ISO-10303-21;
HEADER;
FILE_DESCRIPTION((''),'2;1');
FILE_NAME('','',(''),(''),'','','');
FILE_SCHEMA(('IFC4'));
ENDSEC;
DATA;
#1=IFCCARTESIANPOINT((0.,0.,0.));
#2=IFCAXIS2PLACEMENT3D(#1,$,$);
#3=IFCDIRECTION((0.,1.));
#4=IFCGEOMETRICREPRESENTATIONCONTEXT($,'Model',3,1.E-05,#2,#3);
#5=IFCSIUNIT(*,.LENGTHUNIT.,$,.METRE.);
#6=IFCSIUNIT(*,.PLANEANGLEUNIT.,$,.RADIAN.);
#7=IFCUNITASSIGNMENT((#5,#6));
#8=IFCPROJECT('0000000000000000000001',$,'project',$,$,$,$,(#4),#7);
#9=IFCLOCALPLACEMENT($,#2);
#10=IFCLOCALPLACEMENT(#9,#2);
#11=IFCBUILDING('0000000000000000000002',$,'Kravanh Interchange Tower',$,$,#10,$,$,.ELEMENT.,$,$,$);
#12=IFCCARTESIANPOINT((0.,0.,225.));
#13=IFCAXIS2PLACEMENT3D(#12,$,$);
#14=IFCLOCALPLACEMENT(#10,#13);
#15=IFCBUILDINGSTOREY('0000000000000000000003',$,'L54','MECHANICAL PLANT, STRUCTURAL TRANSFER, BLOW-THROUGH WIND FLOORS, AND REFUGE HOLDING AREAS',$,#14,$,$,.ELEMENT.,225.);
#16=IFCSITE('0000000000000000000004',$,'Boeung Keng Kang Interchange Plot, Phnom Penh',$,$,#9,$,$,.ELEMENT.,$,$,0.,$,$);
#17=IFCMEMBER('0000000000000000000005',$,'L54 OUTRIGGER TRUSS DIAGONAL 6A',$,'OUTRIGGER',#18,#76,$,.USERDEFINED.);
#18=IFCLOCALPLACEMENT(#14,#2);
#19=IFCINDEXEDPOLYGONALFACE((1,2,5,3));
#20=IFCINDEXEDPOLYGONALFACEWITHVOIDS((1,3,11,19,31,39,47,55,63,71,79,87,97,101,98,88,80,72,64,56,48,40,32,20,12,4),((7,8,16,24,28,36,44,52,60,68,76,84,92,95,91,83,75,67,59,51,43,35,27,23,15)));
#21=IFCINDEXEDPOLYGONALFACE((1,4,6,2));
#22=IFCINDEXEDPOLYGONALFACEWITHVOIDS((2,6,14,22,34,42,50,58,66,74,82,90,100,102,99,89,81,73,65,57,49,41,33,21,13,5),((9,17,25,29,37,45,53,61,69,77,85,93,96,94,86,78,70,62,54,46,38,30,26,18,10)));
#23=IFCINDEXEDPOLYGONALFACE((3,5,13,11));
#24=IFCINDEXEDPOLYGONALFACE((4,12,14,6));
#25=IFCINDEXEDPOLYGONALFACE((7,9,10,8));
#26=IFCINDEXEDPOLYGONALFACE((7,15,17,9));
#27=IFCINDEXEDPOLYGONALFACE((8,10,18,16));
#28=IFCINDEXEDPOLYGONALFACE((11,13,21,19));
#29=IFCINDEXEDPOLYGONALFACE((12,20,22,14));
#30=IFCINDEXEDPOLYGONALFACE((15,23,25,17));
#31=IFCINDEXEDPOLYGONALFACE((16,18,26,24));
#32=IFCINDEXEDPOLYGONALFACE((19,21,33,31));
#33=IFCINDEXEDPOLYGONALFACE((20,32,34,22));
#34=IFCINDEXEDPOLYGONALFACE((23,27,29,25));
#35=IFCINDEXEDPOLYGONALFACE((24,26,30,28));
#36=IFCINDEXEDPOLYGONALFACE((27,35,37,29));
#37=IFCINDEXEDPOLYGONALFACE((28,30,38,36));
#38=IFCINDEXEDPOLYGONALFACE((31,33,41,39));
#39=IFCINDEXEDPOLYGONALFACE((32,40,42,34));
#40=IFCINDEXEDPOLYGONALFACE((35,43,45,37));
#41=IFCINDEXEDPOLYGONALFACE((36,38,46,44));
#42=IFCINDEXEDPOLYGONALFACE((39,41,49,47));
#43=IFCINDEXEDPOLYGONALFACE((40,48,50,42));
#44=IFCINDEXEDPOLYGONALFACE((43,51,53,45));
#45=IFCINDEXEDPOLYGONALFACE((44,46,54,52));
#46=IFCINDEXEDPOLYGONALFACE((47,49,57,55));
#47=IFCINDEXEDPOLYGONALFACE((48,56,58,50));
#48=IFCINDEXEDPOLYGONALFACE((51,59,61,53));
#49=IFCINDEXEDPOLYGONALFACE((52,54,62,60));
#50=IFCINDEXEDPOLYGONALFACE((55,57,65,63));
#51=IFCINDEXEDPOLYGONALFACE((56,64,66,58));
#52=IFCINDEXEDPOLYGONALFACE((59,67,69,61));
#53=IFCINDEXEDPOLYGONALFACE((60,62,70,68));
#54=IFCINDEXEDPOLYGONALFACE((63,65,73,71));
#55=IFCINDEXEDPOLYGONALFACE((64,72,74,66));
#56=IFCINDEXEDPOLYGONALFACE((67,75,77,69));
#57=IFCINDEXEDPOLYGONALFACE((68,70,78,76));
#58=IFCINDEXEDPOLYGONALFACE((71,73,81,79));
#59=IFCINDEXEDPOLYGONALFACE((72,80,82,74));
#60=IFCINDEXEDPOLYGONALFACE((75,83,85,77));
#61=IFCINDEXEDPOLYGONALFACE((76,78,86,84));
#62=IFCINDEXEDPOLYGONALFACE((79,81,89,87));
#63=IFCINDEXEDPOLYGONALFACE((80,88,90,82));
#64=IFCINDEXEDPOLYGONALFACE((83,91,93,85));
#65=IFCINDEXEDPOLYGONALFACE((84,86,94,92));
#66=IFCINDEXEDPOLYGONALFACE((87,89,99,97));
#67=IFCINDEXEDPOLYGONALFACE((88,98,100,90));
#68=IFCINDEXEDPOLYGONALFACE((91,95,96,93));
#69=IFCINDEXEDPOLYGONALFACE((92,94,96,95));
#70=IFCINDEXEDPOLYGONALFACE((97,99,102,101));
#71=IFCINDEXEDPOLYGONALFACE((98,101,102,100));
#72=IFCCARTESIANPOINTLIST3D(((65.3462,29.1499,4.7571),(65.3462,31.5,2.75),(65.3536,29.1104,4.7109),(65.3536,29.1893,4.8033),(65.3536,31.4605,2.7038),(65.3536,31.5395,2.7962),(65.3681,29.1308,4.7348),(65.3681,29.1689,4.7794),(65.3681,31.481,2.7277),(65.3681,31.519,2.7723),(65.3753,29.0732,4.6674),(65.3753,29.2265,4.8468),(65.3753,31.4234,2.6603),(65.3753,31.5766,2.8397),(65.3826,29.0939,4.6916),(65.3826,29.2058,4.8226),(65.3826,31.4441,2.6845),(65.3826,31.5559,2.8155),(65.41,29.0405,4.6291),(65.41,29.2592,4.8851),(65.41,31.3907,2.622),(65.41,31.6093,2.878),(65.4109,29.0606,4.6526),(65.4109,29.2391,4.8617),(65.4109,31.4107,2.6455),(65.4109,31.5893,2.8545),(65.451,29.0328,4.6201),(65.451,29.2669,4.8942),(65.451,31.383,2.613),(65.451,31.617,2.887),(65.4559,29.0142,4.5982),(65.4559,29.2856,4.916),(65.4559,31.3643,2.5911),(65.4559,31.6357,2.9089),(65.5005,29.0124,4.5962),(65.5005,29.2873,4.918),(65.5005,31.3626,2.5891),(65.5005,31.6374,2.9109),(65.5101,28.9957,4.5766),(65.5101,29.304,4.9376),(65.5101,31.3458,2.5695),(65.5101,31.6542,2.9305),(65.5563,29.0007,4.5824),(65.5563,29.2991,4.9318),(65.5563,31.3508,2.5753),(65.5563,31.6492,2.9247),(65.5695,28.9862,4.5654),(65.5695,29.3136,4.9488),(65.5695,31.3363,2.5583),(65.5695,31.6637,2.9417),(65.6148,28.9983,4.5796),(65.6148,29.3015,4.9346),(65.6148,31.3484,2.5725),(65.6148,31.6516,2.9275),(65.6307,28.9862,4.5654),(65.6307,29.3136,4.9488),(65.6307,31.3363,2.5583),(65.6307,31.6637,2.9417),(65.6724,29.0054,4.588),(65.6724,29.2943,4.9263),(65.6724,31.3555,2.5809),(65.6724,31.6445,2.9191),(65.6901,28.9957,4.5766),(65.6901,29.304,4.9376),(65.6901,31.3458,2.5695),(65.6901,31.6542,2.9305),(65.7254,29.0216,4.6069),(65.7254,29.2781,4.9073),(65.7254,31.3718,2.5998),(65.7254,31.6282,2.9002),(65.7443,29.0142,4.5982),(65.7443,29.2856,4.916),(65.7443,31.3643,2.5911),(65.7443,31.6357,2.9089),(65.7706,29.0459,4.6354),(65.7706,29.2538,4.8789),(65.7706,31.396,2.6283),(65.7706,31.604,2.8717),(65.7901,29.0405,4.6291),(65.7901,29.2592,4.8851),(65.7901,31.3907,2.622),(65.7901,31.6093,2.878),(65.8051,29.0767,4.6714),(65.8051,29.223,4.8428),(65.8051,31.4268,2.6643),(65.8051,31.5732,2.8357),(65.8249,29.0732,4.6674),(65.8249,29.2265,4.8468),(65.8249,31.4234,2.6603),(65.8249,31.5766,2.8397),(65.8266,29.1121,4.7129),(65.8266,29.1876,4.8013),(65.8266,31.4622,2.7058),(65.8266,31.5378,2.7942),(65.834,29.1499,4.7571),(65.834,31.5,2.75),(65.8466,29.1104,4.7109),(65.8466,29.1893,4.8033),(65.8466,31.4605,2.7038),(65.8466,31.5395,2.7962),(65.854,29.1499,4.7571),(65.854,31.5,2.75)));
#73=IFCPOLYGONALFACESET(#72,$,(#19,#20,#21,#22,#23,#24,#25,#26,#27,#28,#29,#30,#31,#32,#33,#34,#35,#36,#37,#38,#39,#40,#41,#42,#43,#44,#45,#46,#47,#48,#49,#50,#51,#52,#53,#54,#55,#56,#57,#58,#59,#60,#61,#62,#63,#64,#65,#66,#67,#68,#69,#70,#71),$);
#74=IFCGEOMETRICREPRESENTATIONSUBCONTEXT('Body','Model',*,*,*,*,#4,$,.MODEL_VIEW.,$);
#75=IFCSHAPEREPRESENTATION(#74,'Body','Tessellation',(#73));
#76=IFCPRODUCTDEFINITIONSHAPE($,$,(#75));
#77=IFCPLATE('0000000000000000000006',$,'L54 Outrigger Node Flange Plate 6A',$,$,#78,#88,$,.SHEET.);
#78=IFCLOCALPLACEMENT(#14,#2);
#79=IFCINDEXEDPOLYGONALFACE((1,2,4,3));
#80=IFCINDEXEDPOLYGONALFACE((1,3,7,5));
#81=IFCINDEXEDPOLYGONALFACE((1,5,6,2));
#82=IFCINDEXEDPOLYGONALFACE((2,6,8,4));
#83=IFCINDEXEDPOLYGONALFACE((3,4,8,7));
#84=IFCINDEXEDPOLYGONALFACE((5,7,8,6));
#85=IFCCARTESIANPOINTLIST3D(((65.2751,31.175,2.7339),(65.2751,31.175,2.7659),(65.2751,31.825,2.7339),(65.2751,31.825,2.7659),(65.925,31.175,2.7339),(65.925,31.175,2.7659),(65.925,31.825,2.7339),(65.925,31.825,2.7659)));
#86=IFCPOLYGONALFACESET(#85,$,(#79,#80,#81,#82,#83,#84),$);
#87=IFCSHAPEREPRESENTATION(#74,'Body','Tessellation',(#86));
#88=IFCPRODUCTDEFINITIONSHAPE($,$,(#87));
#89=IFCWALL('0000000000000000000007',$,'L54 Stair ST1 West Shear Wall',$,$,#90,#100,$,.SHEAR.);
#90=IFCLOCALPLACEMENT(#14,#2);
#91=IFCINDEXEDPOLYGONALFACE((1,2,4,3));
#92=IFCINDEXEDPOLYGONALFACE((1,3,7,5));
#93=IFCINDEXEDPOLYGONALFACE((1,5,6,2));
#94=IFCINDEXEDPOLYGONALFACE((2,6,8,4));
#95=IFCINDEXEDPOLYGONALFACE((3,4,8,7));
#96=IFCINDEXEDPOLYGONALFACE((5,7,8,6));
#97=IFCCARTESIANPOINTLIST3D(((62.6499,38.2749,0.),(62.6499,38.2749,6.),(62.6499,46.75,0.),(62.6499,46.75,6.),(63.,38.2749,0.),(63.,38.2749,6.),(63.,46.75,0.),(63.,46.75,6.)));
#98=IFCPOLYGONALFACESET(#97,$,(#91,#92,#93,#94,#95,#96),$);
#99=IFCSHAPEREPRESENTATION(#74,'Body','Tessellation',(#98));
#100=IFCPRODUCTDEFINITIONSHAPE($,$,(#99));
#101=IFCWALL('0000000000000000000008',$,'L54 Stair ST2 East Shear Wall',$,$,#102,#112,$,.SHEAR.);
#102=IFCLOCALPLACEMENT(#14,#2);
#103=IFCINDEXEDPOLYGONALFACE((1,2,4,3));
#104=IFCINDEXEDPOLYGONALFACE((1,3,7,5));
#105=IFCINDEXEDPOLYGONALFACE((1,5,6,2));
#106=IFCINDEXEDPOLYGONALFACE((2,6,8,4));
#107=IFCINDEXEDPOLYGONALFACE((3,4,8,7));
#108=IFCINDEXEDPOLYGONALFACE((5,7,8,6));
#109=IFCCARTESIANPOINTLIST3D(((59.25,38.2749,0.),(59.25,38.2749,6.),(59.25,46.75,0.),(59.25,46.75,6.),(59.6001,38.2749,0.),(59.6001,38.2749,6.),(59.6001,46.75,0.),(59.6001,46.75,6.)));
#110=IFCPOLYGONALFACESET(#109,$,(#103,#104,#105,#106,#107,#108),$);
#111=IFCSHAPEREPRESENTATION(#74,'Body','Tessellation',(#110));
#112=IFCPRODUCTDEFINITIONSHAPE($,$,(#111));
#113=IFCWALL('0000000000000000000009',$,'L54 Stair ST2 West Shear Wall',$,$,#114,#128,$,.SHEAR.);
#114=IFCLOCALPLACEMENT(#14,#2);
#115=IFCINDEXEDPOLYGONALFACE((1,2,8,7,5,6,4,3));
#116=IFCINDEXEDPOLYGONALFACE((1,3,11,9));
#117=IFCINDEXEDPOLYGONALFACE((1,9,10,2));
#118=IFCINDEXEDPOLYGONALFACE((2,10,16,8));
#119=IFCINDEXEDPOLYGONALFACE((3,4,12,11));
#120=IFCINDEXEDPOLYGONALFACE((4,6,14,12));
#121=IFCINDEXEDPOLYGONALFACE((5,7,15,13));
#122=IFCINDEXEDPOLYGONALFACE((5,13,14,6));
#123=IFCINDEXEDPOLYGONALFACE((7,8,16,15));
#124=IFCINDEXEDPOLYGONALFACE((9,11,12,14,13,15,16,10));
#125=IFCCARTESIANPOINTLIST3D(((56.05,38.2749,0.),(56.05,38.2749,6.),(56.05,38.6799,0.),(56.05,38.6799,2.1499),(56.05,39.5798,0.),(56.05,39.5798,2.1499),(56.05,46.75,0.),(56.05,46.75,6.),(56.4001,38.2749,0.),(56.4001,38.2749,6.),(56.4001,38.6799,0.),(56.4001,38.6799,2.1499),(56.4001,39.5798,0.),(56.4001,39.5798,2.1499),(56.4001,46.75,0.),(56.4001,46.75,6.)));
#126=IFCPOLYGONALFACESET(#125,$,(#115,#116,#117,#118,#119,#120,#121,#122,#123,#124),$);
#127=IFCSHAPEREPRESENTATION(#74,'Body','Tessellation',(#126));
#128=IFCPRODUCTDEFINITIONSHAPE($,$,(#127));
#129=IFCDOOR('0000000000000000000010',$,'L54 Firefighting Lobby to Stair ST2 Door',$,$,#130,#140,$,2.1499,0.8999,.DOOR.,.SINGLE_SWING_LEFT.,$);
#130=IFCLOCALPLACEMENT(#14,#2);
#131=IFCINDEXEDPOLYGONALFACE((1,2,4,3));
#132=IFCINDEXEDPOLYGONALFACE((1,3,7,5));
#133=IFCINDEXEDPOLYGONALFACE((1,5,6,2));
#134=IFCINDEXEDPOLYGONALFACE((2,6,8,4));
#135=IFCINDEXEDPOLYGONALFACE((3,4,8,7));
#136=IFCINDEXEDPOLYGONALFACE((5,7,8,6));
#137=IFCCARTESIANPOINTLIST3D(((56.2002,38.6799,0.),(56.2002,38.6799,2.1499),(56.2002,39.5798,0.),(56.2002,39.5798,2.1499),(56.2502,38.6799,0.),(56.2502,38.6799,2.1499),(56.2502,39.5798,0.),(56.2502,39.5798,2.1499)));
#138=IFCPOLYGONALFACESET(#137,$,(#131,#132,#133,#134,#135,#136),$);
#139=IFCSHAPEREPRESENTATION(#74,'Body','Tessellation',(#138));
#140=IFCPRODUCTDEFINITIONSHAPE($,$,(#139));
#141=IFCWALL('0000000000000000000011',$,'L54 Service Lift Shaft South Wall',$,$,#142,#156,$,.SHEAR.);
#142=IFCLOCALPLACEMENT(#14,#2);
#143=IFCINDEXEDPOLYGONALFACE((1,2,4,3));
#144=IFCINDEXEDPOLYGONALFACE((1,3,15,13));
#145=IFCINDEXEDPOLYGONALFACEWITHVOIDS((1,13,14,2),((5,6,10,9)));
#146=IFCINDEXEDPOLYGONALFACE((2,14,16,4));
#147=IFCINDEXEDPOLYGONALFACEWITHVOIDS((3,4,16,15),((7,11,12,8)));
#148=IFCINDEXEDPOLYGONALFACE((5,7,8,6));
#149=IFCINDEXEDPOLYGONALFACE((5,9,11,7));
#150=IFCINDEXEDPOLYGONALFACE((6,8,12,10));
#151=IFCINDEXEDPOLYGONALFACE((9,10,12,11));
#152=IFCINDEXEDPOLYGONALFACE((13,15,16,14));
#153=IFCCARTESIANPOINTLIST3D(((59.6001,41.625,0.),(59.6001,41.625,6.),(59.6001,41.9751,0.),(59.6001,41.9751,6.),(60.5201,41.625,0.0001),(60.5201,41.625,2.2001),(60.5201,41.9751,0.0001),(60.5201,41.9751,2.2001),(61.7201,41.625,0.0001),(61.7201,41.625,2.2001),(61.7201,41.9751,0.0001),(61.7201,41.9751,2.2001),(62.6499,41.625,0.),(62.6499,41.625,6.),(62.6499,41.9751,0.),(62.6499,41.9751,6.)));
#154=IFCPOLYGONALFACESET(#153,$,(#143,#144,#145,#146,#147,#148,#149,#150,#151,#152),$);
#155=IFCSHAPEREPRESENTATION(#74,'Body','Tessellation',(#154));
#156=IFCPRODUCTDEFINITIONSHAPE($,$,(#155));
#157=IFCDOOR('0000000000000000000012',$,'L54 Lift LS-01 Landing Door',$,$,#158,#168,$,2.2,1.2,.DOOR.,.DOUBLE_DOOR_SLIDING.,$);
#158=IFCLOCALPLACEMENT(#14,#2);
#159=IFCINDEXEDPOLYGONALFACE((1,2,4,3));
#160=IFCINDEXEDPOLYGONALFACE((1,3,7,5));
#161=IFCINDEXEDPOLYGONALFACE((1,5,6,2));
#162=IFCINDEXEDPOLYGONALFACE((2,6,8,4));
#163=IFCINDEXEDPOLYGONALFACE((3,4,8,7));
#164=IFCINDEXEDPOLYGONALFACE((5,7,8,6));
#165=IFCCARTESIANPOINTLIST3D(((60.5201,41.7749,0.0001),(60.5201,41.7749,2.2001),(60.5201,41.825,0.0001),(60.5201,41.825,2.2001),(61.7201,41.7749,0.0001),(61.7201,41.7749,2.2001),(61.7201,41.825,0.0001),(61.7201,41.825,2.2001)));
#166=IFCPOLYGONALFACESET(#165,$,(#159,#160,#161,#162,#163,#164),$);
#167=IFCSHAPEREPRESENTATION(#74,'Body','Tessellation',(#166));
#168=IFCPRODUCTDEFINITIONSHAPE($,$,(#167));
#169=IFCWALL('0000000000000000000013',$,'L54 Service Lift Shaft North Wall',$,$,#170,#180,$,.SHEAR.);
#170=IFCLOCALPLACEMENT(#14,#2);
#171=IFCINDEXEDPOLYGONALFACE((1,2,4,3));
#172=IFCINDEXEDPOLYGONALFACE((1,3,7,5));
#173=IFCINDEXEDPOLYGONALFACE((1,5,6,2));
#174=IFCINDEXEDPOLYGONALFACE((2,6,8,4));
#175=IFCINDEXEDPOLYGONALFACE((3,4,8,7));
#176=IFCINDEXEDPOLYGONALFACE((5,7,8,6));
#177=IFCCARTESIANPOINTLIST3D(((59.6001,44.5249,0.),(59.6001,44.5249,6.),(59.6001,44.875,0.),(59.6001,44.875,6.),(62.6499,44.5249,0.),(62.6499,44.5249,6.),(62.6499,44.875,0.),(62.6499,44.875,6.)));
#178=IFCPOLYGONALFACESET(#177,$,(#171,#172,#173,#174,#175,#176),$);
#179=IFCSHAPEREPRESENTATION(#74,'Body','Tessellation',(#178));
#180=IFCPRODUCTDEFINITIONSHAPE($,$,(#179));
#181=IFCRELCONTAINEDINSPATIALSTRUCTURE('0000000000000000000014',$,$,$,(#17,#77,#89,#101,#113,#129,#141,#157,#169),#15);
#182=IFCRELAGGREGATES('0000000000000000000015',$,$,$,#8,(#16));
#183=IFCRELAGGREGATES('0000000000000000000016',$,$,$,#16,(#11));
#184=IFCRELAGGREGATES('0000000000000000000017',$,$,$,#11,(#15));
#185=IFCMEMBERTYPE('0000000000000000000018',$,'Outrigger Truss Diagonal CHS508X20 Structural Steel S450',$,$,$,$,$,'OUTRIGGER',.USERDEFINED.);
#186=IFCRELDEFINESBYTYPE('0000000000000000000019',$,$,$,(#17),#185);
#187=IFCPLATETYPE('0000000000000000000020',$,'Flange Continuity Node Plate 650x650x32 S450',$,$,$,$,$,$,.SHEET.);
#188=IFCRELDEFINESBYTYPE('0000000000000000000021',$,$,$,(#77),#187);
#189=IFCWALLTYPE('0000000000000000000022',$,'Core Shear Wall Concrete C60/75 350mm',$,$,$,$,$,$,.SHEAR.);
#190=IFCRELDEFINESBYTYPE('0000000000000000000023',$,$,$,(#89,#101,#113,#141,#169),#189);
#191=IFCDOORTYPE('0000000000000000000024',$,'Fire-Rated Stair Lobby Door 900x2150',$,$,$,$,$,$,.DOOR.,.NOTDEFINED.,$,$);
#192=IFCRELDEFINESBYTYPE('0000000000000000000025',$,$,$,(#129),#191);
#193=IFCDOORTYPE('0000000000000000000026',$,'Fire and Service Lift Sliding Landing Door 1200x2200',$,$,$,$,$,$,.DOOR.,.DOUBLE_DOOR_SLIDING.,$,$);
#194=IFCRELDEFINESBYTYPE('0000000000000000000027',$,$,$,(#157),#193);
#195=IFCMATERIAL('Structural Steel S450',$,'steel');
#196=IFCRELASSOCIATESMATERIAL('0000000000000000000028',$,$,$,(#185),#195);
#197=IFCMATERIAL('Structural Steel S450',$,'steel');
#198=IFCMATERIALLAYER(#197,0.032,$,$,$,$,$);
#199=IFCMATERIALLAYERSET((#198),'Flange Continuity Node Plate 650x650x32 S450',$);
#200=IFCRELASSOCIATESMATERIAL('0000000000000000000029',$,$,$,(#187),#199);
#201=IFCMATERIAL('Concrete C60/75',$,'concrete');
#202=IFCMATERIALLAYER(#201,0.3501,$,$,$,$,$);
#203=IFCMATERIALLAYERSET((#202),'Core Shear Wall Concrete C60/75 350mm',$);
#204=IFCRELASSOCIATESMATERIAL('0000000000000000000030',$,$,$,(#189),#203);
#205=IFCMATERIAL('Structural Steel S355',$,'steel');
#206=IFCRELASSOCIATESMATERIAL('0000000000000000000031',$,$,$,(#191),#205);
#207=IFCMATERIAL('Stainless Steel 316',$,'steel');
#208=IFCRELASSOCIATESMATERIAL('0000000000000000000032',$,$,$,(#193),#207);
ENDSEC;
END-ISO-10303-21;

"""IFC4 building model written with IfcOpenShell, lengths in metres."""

from ifc_helpers import new_model, si_unit, direction, frame, frame_2d, origin, origin_2d, place, context, subcontext, project, spatial, rectangle, hollow_circle, extrude, material, layer, layer_set, material_profile, profile_set, type_object, element, fill, save


model = new_model("IFC4")

# Units and contexts
model_context = context("Model", 3, precision=1e-05, world=origin(), true_north=direction((0.0, 1.0)))
body_context = subcontext(model_context, "Body", "Model", "MODEL_VIEW")
ifc_project = project(units=[si_unit("LENGTHUNIT", "METRE"), si_unit("PLANEANGLEUNIT", "RADIAN")], contexts=[model_context])

# Site, building, storey
site_placement = place(None, origin())
site = spatial("IfcSite", under=ifc_project, at=site_placement, Name="Boeung Keng Kang Interchange Plot, Phnom Penh", CompositionType="ELEMENT", RefElevation=0.0)
building_placement = place(site_placement, origin())
building = spatial("IfcBuilding", under=site, at=building_placement, Name="Kravanh Interchange Tower", CompositionType="ELEMENT")
storey_placement = place(building_placement, frame((0.0, 0.0, 225.0)))
storey = spatial("IfcBuildingStorey", under=building, at=storey_placement, Name="L54", Description="MECHANICAL PLANT, STRUCTURAL TRANSFER, BLOW-THROUGH WIND FLOORS, AND REFUGE HOLDING AREAS", CompositionType="ELEMENT", Elevation=225.0)

# Member
ifc_material_1 = material(Name="Structural Steel S450", Category="steel")
ifc_material_profile_1 = material_profile(ifc_material_1, hollow_circle(Radius=0.2539, WallThickness=0.02, at=origin_2d()), Name="CHS508X20")
ifc_profile_set_1 = profile_set([ifc_material_profile_1], Name="Structural Steel S450")
member_type_1 = type_object("IfcMemberType", Name="Outrigger Truss Diagonal CHS508X20 Structural Steel S450", ElementType="OUTRIGGER", PredefinedType="USERDEFINED", material=ifc_profile_set_1)
member_1_placement = place(storey_placement, frame((65.6001, 31.5, 2.75), z_axis=(0.0, -0.760421, 0.649431), x_axis=(1.0, 0.0, 0.0)))
element("IfcMember", 1, at=member_1_placement, inside=storey, type_object=member_type_1, Name="L54 OUTRIGGER TRUSS DIAGONAL 6A", ObjectType="OUTRIGGER", PredefinedType="USERDEFINED", context=body_context, shape_type="SweptSolid", body=[
    extrude(hollow_circle(Radius=0.2539, WallThickness=0.02, at=origin_2d()), origin(), (0.0, 0.0, 1.0), 3.0906),
])

# Plate
ifc_material_2 = material(Name="Structural Steel S450", Category="steel")
ifc_layer_1 = layer(ifc_material_2, 0.032)
ifc_layer_set_1 = layer_set([ifc_layer_1], Name="Flange Continuity Node Plate 650x650x32 S450")
plate_type = type_object("IfcPlateType", Name="Flange Continuity Node Plate 650x650x32 S450", PredefinedType="SHEET", material=ifc_layer_set_1)
plate_placement = place(storey_placement, frame((65.6001, 31.5, 2.7339), z_axis=(0.0, 0.0, 1.0), x_axis=(1.0, 0.0, 0.0)))
element("IfcPlate", 2, at=plate_placement, inside=storey, type_object=plate_type, Name="L54 Outrigger Node Flange Plate 6A", PredefinedType="SHEET", context=body_context, shape_type="SweptSolid", body=[
    extrude(rectangle(XDim=0.6499, YDim=0.6499, at=origin_2d()), origin(), (0.0, 0.0, 1.0), 0.032),
])

# Walls
ifc_material_3 = material(Name="Concrete C60/75", Category="concrete")
ifc_layer_2 = layer(ifc_material_3, 0.3501)
ifc_layer_set_2 = layer_set([ifc_layer_2], Name="Core Shear Wall Concrete C60/75 350mm")
wall_type_1 = type_object("IfcWallType", Name="Core Shear Wall Concrete C60/75 350mm", PredefinedType="SHEAR", material=ifc_layer_set_2)
for number, where, z_axis, x_axis, name in (
    (3, (62.825, 38.2749, 0.0), (0.0, 0.0, 1.0), (0.0, 1.0, 0.0), "L54 Stair ST1 West Shear Wall"),
    (4, (59.425, 38.2749, 0.0), (0.0, 0.0, 1.0), (0.0, 1.0, 0.0), "L54 Stair ST2 East Shear Wall"),
):
    element("IfcWall", number, at=place(storey_placement, frame(where, z_axis=z_axis, x_axis=x_axis)), inside=storey, type_object=wall_type_1, Name=name, PredefinedType="SHEAR", context=body_context, shape_type="SweptSolid", body=[
        extrude(rectangle(XDim=8.4751, YDim=0.3501, at=frame_2d((4.2375, 0.0))), origin(), (0.0, 0.0, 1.0), 6.0),
    ])

# Walls, openings, doors
wall_1_placement = place(storey_placement, frame((56.2251, 38.2749, 0.0), z_axis=(0.0, 0.0, 1.0), x_axis=(0.0, 1.0, 0.0)))
wall_1 = element("IfcWall", 5, at=wall_1_placement, inside=storey, type_object=wall_type_1, Name="L54 Stair ST2 West Shear Wall", PredefinedType="SHEAR", context=body_context, shape_type="SweptSolid", body=[
    extrude(rectangle(XDim=8.4751, YDim=0.3501, at=frame_2d((4.2375, 0.0))), origin(), (0.0, 0.0, 1.0), 6.0),
])
opening_1_placement = place(wall_1_placement, frame((0.405, 0.0, 0.0)))
opening_1 = element("IfcOpeningElement", 6, at=opening_1_placement, cuts=wall_1, PredefinedType="OPENING", context=body_context, shape_type="SweptSolid", body=[
    extrude(rectangle(XDim=0.8999, YDim=2.1499, at=frame_2d((0.45, 1.075))), frame((0.0, 0.1851, 0.0), z_axis=(0.0, -1.0, 0.0), x_axis=(1.0, 0.0, 0.0)), (0.0, 0.0, 1.0), 0.3701),
])
ifc_material_4 = material(Name="Structural Steel S355", Category="steel")
door_type_1 = type_object("IfcDoorType", Name="Fire-Rated Stair Lobby Door 900x2150", OperationType="NOTDEFINED", PredefinedType="DOOR", material=ifc_material_4)
door_1_placement = place(opening_1_placement, origin())
door_1 = element("IfcDoor", 7, at=door_1_placement, inside=storey, type_object=door_type_1, Name="L54 Firefighting Lobby to Stair ST2 Door", OperationType="SINGLE_SWING_LEFT", OverallHeight=2.1499, OverallWidth=0.8999, PredefinedType="DOOR", context=body_context, shape_type="SweptSolid", body=[
    extrude(rectangle(XDim=0.8999, YDim=2.1499, at=frame_2d((0.45, 1.075))), frame((0.0, 0.0249, 0.0), z_axis=(0.0, -1.0, 0.0), x_axis=(1.0, 0.0, 0.0)), (0.0, 0.0, 1.0), 0.05),
])
fill(opening_1, door_1)
wall_2_placement = place(storey_placement, frame((59.6001, 41.8, 0.0), z_axis=(0.0, 0.0, 1.0), x_axis=(1.0, 0.0, 0.0)))
wall_2 = element("IfcWall", 8, at=wall_2_placement, inside=storey, type_object=wall_type_1, Name="L54 Service Lift Shaft South Wall", PredefinedType="SHEAR", context=body_context, shape_type="SweptSolid", body=[
    extrude(rectangle(XDim=3.0498, YDim=0.3501, at=frame_2d((1.5249, 0.0))), origin(), (0.0, 0.0, 1.0), 6.0),
])
opening_2_placement = place(wall_2_placement, frame((0.9199, 0.0, 0.0)))
opening_2 = element("IfcOpeningElement", 9, at=opening_2_placement, cuts=wall_2, PredefinedType="OPENING", context=body_context, shape_type="SweptSolid", body=[
    extrude(rectangle(XDim=1.2, YDim=2.2, at=frame_2d((0.6001, 1.1001))), frame((0.0, 0.1851, 0.0), z_axis=(0.0, -1.0, 0.0), x_axis=(1.0, 0.0, 0.0)), (0.0, 0.0, 1.0), 0.3701),
])
ifc_material_5 = material(Name="Stainless Steel 316", Category="steel")
door_type_2 = type_object("IfcDoorType", Name="Fire and Service Lift Sliding Landing Door 1200x2200", OperationType="DOUBLE_DOOR_SLIDING", PredefinedType="DOOR", material=ifc_material_5)
door_2_placement = place(opening_2_placement, origin())
door_2 = element("IfcDoor", 10, at=door_2_placement, inside=storey, type_object=door_type_2, Name="L54 Lift LS-01 Landing Door", OperationType="DOUBLE_DOOR_SLIDING", OverallHeight=2.2, OverallWidth=1.2, PredefinedType="DOOR", context=body_context, shape_type="SweptSolid", body=[
    extrude(rectangle(XDim=1.2, YDim=2.2, at=frame_2d((0.6001, 1.1001))), frame((0.0, 0.0249, 0.0), z_axis=(0.0, -1.0, 0.0), x_axis=(1.0, 0.0, 0.0)), (0.0, 0.0, 1.0), 0.05),
])
fill(opening_2, door_2)

# Wall
wall_3_placement = place(storey_placement, frame((59.6001, 44.7, 0.0), z_axis=(0.0, 0.0, 1.0), x_axis=(1.0, 0.0, 0.0)))
element("IfcWall", 11, at=wall_3_placement, inside=storey, type_object=wall_type_1, Name="L54 Service Lift Shaft North Wall", PredefinedType="SHEAR", context=body_context, shape_type="SweptSolid", body=[
    extrude(rectangle(XDim=3.0498, YDim=0.3501, at=frame_2d((1.5249, 0.0))), origin(), (0.0, 0.0, 1.0), 6.0),
])

save(model, "model.ifc")
